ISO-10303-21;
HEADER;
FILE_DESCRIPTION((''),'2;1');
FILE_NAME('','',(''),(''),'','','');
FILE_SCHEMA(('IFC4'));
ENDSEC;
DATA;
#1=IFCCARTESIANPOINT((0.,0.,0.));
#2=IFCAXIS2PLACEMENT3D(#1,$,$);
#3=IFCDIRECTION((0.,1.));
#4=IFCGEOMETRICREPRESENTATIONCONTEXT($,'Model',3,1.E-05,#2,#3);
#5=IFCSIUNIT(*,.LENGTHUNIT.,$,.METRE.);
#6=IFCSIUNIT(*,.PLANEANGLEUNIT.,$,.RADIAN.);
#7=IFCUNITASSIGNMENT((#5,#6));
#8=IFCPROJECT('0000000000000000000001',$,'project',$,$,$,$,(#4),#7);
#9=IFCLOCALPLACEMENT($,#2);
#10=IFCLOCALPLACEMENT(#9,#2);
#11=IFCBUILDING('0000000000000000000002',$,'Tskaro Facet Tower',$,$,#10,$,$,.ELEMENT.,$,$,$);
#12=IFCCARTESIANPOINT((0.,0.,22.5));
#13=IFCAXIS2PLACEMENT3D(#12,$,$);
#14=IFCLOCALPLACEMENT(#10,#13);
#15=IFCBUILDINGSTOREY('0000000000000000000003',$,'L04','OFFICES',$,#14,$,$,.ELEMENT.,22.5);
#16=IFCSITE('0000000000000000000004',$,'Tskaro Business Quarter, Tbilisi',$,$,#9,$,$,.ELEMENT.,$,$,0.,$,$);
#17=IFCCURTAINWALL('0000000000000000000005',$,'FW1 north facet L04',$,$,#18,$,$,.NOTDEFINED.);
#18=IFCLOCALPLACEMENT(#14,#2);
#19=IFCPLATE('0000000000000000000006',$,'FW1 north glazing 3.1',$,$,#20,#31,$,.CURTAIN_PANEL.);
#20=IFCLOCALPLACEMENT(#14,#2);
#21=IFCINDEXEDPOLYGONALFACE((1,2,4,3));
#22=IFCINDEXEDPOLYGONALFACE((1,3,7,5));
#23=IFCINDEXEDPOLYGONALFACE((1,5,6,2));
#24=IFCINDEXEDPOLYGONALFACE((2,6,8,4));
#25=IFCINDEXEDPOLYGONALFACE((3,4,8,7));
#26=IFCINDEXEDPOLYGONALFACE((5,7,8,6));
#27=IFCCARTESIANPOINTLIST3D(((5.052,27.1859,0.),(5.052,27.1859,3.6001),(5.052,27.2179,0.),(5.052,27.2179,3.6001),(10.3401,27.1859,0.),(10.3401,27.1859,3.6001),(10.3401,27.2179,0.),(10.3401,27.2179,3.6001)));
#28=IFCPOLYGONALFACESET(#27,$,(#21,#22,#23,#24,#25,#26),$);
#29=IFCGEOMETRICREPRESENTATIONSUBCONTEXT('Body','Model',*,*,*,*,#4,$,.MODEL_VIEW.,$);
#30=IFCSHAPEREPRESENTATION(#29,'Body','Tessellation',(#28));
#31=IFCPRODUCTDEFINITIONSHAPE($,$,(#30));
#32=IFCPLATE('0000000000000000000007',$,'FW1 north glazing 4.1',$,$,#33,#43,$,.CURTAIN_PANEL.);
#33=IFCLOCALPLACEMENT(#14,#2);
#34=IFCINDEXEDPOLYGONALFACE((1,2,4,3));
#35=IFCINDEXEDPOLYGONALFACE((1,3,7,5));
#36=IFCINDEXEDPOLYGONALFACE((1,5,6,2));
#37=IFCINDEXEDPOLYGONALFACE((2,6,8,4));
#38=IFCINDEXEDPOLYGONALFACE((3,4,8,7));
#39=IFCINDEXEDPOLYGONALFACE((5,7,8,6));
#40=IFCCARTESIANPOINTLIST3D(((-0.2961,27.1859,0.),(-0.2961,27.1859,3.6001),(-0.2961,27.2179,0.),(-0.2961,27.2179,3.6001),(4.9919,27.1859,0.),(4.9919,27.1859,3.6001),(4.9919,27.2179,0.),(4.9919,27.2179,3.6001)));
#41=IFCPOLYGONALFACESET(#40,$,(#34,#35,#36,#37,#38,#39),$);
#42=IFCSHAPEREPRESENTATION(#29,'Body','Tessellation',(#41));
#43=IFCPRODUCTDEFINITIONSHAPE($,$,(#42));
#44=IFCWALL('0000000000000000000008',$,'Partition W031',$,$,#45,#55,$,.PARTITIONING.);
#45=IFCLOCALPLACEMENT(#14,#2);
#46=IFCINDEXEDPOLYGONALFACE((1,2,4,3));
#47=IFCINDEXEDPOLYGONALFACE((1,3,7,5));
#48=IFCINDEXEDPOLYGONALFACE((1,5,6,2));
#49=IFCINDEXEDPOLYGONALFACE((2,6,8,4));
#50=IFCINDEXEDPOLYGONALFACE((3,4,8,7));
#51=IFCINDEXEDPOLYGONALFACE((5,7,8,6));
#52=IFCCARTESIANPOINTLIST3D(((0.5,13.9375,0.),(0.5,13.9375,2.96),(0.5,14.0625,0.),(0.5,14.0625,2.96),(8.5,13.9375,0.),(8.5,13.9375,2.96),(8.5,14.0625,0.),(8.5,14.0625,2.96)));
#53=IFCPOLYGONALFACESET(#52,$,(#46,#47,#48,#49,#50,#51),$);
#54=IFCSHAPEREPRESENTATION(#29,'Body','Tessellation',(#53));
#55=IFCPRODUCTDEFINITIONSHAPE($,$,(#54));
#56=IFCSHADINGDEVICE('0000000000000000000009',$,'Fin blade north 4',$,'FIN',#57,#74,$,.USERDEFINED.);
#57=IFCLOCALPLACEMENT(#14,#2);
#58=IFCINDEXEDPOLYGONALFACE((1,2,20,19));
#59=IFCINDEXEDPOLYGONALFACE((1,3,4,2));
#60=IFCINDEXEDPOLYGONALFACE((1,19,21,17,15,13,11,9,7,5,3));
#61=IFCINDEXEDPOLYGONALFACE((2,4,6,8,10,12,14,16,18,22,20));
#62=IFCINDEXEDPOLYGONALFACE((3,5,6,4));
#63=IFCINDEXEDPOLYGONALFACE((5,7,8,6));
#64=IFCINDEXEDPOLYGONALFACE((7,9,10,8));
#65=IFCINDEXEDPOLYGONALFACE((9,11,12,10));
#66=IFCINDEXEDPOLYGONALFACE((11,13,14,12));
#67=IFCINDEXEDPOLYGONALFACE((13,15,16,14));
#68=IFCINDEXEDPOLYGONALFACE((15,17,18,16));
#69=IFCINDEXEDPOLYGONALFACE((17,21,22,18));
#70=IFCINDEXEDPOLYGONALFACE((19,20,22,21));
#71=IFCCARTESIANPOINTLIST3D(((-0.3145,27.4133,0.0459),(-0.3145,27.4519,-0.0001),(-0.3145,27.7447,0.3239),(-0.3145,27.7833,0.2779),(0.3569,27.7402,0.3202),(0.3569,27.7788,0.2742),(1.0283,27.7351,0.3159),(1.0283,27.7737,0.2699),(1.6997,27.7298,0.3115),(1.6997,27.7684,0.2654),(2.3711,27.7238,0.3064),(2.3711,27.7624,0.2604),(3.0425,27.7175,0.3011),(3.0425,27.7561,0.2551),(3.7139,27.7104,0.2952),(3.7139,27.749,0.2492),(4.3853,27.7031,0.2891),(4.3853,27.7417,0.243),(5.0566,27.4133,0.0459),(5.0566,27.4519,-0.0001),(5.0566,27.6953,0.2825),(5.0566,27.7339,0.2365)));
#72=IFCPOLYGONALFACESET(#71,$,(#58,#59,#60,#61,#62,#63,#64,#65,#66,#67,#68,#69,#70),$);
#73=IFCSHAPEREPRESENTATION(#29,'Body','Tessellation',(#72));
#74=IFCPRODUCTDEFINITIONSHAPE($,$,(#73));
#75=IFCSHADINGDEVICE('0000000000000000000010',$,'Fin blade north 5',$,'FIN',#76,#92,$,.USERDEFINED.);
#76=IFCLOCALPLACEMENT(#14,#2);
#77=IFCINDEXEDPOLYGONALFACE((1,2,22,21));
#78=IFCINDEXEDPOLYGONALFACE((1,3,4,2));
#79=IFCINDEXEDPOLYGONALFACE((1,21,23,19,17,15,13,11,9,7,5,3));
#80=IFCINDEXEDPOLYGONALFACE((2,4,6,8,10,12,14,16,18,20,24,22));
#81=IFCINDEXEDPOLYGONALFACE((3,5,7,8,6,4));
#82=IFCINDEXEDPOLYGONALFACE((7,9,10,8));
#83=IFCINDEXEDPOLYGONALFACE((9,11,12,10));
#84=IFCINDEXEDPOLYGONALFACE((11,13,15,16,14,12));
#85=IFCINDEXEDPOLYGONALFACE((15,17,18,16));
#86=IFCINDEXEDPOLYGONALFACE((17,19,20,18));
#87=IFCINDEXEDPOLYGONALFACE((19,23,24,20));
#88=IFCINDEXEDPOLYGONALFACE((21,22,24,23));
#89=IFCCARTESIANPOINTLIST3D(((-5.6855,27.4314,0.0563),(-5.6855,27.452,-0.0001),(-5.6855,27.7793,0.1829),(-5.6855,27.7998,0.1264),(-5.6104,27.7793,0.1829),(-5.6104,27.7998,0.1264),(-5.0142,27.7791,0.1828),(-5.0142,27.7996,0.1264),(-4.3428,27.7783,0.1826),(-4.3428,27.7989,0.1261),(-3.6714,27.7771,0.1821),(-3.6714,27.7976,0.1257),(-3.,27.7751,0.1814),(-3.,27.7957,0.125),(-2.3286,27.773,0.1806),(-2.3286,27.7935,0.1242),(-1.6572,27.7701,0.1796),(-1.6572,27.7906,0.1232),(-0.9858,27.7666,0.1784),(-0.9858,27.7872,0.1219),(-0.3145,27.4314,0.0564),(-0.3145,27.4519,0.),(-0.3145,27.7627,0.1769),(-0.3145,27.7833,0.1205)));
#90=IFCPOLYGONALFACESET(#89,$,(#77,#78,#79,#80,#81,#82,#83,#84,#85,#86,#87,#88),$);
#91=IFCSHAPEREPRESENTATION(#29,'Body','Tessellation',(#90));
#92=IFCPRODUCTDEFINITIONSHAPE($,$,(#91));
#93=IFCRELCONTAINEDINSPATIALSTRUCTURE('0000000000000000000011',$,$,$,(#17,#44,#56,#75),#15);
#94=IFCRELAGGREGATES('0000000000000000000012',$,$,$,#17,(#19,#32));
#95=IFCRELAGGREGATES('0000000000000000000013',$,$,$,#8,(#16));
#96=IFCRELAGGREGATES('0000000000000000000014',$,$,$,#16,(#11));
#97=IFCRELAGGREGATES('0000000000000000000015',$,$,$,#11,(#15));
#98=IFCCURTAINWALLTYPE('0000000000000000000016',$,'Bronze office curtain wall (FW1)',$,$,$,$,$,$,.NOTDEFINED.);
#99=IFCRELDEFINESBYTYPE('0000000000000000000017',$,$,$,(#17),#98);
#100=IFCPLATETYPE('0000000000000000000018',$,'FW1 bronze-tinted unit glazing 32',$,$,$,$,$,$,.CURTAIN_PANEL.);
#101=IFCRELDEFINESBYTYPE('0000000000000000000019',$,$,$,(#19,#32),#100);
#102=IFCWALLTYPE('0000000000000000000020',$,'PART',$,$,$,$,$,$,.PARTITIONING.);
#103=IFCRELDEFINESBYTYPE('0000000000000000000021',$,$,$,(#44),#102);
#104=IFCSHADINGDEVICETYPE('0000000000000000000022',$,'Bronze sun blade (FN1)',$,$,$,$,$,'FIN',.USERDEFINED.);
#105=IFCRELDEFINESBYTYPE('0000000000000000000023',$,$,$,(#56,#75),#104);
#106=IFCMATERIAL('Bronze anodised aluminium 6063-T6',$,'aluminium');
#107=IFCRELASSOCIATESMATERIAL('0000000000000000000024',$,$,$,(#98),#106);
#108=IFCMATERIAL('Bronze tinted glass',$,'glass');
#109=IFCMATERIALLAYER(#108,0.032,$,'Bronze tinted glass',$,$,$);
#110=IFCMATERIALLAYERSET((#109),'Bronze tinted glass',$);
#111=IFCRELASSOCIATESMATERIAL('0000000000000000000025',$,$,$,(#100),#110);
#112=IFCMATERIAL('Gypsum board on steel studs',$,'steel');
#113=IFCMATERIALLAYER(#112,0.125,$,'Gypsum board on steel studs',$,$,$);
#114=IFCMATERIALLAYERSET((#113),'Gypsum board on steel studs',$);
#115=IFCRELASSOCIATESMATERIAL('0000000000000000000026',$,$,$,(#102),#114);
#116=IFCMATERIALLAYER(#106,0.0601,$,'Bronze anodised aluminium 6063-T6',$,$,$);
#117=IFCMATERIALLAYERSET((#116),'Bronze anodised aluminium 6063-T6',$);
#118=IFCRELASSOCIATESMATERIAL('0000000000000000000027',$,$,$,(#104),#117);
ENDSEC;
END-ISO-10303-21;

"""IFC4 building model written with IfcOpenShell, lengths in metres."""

from ifc_helpers import new_model, si_unit, direction, frame, frame_2d, origin, origin_2d, place, context, subcontext, project, spatial, polyline, rectangle, outline, extrude, material, layer, layer_set, type_object, element, aggregate, save


model = new_model("IFC4")

# Units and contexts
model_context = context("Model", 3, precision=1e-05, world=origin(), true_north=direction((0.0, 1.0)))
body_context = subcontext(model_context, "Body", "Model", "MODEL_VIEW")
ifc_project = project(units=[si_unit("LENGTHUNIT", "METRE"), si_unit("PLANEANGLEUNIT", "RADIAN")], contexts=[model_context])

# Site, building, storey
site_placement = place(None, origin())
site = spatial("IfcSite", under=ifc_project, at=site_placement, Name="Tskaro Business Quarter, Tbilisi", CompositionType="ELEMENT", RefElevation=0.0)
building_placement = place(site_placement, origin())
building = spatial("IfcBuilding", under=site, at=building_placement, Name="Tskaro Facet Tower", CompositionType="ELEMENT")
storey_placement = place(building_placement, frame((0.0, 0.0, 22.5)))
storey = spatial("IfcBuildingStorey", under=building, at=storey_placement, Name="L04", Description="OFFICES", CompositionType="ELEMENT", Elevation=22.5)

# Curtain wall
ifc_material_1 = material(Name="Bronze anodised aluminium 6063-T6", Category="aluminium")
curtain_wall_type = type_object("IfcCurtainWallType", Name="Bronze office curtain wall (FW1)", PredefinedType="NOTDEFINED", material=ifc_material_1)
curtain_wall_placement = place(storey_placement, origin())
curtain_wall = element("IfcCurtainWall", 1, at=curtain_wall_placement, inside=storey, type_object=curtain_wall_type, Name="FW1 north facet L04", PredefinedType="NOTDEFINED")

# Plates
ifc_material_2 = material(Name="Bronze tinted glass", Category="glass")
ifc_layer_1 = layer(ifc_material_2, 0.032, Name="Bronze tinted glass")
ifc_layer_set_1 = layer_set([ifc_layer_1], Name="Bronze tinted glass")
plate_type = type_object("IfcPlateType", Name="FW1 bronze-tinted unit glazing 32", PredefinedType="CURTAIN_PANEL", material=ifc_layer_set_1)
plate_1_placement = place(storey_placement, frame((7.696, 27.2019, 0.0), z_axis=(0.0, 0.0, 1.0), x_axis=(-1.0, 0.0, 0.0)))
plate_1 = element("IfcPlate", 2, at=plate_1_placement, type_object=plate_type, Name="FW1 north glazing 3.1", PredefinedType="CURTAIN_PANEL", context=body_context, shape_type="SweptSolid", body=[
    extrude(rectangle(XDim=5.2881, YDim=0.032, at=origin_2d()), origin(), (0.0, 0.0, 1.0), 3.6001),
])
plate_2_placement = place(storey_placement, frame((2.3479, 27.2019, 0.0), z_axis=(0.0, 0.0, 1.0), x_axis=(-1.0, 0.0, 0.0)))
plate_2 = element("IfcPlate", 3, at=plate_2_placement, type_object=plate_type, Name="FW1 north glazing 4.1", PredefinedType="CURTAIN_PANEL", context=body_context, shape_type="SweptSolid", body=[
    extrude(rectangle(XDim=5.2881, YDim=0.032, at=origin_2d()), origin(), (0.0, 0.0, 1.0), 3.6001),
])
aggregate(curtain_wall, [plate_1, plate_2])

# Wall
ifc_material_3 = material(Name="Gypsum board on steel studs", Category="steel")
ifc_layer_2 = layer(ifc_material_3, 0.125, Name="Gypsum board on steel studs")
ifc_layer_set_2 = layer_set([ifc_layer_2], Name="Gypsum board on steel studs")
wall_type = type_object("IfcWallType", Name="PART", PredefinedType="PARTITIONING", material=ifc_layer_set_2)
wall_placement = place(storey_placement, frame((0.5, 14.0, 0.0), z_axis=(0.0, 0.0, 1.0), x_axis=(1.0, 0.0, 0.0)))
element("IfcWall", 4, at=wall_placement, inside=storey, type_object=wall_type, Name="Partition W031", PredefinedType="PARTITIONING", context=body_context, shape_type="SweptSolid", body=[
    extrude(rectangle(XDim=8.0, YDim=0.125, at=frame_2d((4.0, 0.0))), origin(), (0.0, 0.0, 1.0), 2.96),
])

# Shading devices
ifc_layer_3 = layer(ifc_material_1, 0.0601, Name="Bronze anodised aluminium 6063-T6")
ifc_layer_set_3 = layer_set([ifc_layer_3], Name="Bronze anodised aluminium 6063-T6")
shading_device_type = type_object("IfcShadingDeviceType", Name="Bronze sun blade (FN1)", ElementType="FIN", PredefinedType="USERDEFINED", material=ifc_layer_set_3)
shading_device_1_placement = place(storey_placement, frame((5.0566, 27.4133, 0.0459), z_axis=(0.00001, -0.642747, 0.766079), x_axis=(-1.0, -0.000006, 0.000007)))
element("IfcShadingDevice", 5, at=shading_device_1_placement, inside=storey, type_object=shading_device_type, Name="Fin blade north 4", ObjectType="FIN", PredefinedType="USERDEFINED", context=body_context, shape_type="SweptSolid", body=[
    extrude(outline(polyline([(0.0, 0.0), (5.3711, 0.0), (5.3711, -0.4325), (4.6997, -0.4267), (4.0283, -0.4201), (3.3569, -0.4131), (2.6855, -0.4053), (2.0142, -0.397), (1.3428, -0.3878), (0.6714, -0.3783), (0.0, -0.3681), (0.0, 0.0)])), origin(), (0.0, 0.0, -1.0), 0.0601),
])
shading_device_2_placement = place(storey_placement, frame((-0.3145, 27.4314, 0.0564), z_axis=(-0.000016, -0.341916, 0.93973), x_axis=(-1.0, 0.000005, -0.000015)))
element("IfcShadingDevice", 6, at=shading_device_2_placement, inside=storey, type_object=shading_device_type, Name="Fin blade north 5", ObjectType="FIN", PredefinedType="USERDEFINED", context=body_context, shape_type="SweptSolid", body=[
    extrude(outline(polyline([(0.0, 0.0), (5.3711, 0.0), (5.3711, -0.3702), (5.2959, -0.3702), (4.6997, -0.3699), (4.0283, -0.3692), (3.3569, -0.3679), (2.6855, -0.3658), (2.0142, -0.3635), (1.3428, -0.3604), (0.6714, -0.3567), (0.0, -0.3526), (0.0, 0.0)])), origin(), (0.0, 0.0, -1.0), 0.0601),
])

save(model, "model.ifc")
